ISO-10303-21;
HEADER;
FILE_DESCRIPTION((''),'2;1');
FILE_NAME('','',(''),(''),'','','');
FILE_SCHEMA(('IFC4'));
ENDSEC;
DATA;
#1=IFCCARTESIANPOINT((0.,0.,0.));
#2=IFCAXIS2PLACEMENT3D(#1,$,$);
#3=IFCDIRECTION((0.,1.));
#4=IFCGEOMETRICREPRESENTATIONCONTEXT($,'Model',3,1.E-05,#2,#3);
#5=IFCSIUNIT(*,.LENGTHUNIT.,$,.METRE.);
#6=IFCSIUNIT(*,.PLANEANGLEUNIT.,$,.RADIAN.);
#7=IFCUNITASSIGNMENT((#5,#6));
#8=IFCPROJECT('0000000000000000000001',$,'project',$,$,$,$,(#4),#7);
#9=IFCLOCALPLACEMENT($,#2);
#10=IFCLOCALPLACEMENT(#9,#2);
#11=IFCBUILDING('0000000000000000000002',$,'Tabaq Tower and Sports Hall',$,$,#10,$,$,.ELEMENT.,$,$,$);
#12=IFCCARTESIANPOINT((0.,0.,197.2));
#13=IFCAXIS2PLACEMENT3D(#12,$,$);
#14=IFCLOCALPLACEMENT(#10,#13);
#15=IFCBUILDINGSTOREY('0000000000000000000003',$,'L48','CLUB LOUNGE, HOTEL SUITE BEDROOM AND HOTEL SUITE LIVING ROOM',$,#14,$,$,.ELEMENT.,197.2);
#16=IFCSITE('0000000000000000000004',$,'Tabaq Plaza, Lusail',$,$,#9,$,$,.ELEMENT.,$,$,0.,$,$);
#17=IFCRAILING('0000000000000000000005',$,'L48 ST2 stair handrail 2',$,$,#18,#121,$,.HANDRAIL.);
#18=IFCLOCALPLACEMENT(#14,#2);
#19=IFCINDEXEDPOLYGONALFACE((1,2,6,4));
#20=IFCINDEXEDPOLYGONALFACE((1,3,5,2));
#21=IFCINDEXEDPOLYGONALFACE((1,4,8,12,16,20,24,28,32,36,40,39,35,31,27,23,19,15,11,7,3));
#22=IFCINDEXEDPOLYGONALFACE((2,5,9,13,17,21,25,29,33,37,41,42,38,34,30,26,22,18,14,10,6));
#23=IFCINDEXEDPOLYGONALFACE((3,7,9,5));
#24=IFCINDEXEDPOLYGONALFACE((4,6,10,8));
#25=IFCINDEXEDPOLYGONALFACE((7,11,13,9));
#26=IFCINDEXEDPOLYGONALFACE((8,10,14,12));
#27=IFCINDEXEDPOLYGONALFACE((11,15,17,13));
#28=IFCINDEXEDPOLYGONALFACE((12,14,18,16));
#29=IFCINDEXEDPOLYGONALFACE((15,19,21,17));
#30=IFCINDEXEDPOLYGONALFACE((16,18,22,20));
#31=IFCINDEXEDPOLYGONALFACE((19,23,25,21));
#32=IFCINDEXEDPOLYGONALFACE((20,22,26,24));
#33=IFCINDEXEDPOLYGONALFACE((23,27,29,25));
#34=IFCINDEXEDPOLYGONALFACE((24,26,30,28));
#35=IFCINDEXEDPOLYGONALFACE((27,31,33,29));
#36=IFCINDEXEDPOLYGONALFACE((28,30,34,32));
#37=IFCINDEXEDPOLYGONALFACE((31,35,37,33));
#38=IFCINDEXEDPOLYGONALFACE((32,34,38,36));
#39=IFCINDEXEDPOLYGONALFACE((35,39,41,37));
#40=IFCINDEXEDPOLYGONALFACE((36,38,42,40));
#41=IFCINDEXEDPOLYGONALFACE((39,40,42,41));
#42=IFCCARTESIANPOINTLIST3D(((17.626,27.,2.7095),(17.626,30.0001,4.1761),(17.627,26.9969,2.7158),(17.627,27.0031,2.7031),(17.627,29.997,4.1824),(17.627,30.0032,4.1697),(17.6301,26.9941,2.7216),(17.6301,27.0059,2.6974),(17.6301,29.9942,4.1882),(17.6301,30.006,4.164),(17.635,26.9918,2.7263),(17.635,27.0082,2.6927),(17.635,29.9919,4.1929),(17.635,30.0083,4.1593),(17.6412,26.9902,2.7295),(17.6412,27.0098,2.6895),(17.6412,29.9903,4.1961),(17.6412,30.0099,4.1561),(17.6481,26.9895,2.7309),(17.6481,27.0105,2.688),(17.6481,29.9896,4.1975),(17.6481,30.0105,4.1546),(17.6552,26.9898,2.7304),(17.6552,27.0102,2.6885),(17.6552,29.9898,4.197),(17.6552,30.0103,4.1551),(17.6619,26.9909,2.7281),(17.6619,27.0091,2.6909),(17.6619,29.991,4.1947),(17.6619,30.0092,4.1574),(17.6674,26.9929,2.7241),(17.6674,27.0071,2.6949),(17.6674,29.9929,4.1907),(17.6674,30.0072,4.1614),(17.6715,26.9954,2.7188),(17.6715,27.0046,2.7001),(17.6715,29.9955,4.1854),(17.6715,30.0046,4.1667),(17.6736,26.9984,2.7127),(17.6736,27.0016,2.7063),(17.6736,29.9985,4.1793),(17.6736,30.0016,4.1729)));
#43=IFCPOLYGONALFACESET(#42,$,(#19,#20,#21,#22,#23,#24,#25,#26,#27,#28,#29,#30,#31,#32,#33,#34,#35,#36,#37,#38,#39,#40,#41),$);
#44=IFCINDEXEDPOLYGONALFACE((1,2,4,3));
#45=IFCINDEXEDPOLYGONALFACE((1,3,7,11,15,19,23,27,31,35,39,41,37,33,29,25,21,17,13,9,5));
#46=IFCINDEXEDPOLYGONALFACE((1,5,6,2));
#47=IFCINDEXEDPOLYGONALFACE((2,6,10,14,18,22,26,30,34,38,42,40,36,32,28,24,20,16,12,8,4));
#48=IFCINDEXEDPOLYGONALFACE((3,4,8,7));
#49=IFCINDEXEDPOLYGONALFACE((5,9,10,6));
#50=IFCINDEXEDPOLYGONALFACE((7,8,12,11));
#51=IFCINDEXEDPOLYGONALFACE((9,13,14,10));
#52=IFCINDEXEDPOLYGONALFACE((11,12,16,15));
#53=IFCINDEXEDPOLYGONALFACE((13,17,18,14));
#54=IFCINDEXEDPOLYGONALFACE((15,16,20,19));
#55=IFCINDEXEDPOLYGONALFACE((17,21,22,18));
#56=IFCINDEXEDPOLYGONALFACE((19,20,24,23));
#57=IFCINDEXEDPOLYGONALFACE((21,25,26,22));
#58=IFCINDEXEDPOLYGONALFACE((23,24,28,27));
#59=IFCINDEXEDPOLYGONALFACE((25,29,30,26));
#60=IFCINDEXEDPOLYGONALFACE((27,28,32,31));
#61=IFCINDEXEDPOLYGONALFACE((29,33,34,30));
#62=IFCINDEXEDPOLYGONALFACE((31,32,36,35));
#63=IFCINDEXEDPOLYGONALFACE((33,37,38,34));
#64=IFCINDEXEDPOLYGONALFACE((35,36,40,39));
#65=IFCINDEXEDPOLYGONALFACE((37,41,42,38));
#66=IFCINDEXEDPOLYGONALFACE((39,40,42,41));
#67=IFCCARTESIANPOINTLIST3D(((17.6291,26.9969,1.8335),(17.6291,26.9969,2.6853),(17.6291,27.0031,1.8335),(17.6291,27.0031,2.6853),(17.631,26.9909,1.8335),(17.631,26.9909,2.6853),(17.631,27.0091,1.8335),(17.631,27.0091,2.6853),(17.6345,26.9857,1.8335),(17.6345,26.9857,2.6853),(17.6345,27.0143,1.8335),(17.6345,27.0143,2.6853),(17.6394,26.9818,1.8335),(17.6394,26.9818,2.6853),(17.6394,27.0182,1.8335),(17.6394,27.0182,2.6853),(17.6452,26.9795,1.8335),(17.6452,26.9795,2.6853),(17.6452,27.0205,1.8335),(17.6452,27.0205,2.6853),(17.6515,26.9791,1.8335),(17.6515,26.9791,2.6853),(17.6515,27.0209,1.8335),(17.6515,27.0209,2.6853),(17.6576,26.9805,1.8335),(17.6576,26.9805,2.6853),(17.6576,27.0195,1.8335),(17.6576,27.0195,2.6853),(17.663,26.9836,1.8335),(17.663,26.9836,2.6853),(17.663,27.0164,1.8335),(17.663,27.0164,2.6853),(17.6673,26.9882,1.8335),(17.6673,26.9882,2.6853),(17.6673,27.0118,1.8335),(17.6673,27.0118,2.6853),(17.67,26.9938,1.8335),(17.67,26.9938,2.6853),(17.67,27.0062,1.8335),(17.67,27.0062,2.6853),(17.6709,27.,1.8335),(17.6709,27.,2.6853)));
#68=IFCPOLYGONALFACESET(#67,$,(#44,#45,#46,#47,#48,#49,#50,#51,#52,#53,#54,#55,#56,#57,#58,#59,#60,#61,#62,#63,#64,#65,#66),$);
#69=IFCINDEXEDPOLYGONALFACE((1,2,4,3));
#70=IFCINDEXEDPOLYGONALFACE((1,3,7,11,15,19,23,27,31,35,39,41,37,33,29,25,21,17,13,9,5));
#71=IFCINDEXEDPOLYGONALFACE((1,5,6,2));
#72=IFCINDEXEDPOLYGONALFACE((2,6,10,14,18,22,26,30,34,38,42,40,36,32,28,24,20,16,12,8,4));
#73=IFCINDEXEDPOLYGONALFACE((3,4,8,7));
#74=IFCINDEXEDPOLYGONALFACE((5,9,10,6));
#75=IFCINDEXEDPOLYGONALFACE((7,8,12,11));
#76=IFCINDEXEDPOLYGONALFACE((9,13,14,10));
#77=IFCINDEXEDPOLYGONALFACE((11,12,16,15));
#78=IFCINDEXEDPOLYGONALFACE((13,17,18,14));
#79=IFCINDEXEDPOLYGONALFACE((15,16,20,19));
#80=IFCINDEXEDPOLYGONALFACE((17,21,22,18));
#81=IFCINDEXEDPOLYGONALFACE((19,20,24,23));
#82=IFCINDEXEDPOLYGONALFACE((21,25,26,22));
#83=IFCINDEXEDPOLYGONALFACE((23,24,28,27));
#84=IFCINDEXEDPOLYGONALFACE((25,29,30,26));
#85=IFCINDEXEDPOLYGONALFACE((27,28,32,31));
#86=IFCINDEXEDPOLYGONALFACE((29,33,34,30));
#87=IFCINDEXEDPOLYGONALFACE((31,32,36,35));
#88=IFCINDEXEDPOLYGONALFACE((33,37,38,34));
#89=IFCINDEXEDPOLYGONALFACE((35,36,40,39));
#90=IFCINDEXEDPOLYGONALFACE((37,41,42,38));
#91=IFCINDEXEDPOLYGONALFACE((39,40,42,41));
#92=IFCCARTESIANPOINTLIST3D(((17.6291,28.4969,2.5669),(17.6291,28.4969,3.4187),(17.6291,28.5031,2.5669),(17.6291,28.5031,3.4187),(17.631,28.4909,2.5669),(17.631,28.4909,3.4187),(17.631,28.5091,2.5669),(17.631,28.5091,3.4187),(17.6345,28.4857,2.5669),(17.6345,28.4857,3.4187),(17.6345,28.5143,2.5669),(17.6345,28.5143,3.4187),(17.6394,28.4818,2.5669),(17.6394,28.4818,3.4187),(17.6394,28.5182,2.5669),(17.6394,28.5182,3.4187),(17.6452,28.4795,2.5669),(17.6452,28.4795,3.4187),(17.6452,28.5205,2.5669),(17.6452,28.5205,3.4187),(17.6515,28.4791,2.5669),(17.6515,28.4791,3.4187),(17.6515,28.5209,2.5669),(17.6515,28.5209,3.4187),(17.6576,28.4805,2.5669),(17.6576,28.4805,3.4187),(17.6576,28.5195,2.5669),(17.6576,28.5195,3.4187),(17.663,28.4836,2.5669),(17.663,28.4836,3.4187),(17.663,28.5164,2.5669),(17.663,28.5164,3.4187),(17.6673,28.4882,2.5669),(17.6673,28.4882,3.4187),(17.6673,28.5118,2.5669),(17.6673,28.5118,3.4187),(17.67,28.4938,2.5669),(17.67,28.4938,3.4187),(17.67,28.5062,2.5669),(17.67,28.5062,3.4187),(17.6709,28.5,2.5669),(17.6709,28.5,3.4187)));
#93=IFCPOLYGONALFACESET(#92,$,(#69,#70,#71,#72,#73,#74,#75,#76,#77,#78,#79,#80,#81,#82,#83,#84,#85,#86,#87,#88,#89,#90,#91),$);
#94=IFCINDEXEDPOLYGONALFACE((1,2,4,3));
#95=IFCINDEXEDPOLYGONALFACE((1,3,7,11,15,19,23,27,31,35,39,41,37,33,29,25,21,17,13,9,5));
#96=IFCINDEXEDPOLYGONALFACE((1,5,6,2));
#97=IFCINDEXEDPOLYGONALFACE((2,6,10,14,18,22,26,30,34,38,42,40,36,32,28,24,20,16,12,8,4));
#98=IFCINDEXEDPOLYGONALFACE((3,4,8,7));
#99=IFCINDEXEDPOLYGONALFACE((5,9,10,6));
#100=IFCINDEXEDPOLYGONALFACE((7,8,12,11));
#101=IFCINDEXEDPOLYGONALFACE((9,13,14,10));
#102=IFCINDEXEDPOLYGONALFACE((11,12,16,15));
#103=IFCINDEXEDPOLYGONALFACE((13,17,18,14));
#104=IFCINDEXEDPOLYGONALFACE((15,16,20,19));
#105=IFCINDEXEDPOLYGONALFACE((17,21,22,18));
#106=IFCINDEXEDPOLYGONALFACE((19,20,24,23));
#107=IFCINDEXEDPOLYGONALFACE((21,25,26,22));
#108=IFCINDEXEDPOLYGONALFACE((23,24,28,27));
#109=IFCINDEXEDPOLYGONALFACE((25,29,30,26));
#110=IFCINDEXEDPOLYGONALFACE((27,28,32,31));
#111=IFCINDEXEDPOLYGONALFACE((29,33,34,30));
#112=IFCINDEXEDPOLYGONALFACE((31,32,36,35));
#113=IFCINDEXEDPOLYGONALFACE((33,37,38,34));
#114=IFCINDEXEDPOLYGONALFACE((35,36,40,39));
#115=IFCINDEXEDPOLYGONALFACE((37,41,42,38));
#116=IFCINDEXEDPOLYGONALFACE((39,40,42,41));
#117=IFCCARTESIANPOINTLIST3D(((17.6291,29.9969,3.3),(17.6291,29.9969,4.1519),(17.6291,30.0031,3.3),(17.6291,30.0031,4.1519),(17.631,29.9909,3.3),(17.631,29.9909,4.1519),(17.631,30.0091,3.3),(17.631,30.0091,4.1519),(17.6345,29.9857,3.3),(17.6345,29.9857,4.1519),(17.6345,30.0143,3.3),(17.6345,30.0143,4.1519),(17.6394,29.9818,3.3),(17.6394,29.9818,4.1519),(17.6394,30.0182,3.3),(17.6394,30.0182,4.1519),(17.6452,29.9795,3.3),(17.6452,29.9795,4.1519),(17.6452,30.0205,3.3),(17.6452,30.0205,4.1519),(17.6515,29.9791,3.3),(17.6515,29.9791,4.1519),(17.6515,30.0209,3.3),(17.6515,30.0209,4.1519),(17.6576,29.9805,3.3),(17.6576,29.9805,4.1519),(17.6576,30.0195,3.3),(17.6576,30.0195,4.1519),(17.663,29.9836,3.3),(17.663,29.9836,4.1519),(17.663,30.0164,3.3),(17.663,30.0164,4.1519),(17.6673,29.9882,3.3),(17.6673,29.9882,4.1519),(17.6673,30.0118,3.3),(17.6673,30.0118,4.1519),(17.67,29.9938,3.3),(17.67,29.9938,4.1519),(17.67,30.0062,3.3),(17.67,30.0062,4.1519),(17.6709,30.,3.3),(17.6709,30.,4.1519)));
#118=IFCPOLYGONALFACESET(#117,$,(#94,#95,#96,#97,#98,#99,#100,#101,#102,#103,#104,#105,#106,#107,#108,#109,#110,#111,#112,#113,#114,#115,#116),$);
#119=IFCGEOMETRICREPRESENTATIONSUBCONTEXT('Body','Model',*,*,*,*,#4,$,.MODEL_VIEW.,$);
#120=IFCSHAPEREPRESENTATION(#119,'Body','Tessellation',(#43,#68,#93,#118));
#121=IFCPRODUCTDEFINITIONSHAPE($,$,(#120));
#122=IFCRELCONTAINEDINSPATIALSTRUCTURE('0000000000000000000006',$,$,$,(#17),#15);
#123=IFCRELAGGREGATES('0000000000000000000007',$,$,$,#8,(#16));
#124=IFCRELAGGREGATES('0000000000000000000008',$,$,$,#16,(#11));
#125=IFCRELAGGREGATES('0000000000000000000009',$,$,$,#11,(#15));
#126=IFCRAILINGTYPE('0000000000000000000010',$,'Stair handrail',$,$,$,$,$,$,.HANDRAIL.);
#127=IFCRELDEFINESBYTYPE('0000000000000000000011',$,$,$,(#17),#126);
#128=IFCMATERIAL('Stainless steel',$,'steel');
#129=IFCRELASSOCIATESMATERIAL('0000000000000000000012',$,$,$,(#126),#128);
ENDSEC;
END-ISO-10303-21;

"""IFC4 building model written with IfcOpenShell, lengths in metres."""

from ifc_helpers import new_model, si_unit, direction, frame, origin, origin_2d, place, context, subcontext, project, spatial, circle, extrude, material, type_object, element, save


model = new_model("IFC4")

# Units and contexts
model_context = context("Model", 3, precision=1e-05, world=origin(), true_north=direction((0.0, 1.0)))
body_context = subcontext(model_context, "Body", "Model", "MODEL_VIEW")
ifc_project = project(units=[si_unit("LENGTHUNIT", "METRE"), si_unit("PLANEANGLEUNIT", "RADIAN")], contexts=[model_context])

# Site, building, storey
site_placement = place(None, origin())
site = spatial("IfcSite", under=ifc_project, at=site_placement, Name="Tabaq Plaza, Lusail", CompositionType="ELEMENT", RefElevation=0.0)
building_placement = place(site_placement, origin())
building = spatial("IfcBuilding", under=site, at=building_placement, Name="Tabaq Tower and Sports Hall", CompositionType="ELEMENT")
storey_placement = place(building_placement, frame((0.0, 0.0, 197.2)))
storey = spatial("IfcBuildingStorey", under=building, at=storey_placement, Name="L48", Description="CLUB LOUNGE, HOTEL SUITE BEDROOM AND HOTEL SUITE LIVING ROOM", CompositionType="ELEMENT", Elevation=197.2)

# Railing
ifc_material_1 = material(Name="Stainless steel", Category="steel")
railing_type_1 = type_object("IfcRailingType", Name="Stair handrail", PredefinedType="HANDRAIL", material=ifc_material_1)
railing_1_placement = place(storey_placement, frame((17.6499, 27.0, 1.8335)))
element("IfcRailing", 1, at=railing_1_placement, inside=storey, type_object=railing_type_1, Name="L48 ST2 stair handrail 2", PredefinedType="HANDRAIL", context=body_context, shape_type="SweptSolid", body=[
    extrude(circle(Radius=0.0239, at=origin_2d()), frame((0.0, 0.0, 0.876), z_axis=(0.0, 0.898398, 0.439183), x_axis=(-1.0, 0.0, 0.0)), (0.0, 0.0, 1.0), 3.3394),
    extrude(circle(Radius=0.021, at=origin_2d()), origin(), (0.0, 0.0, 1.0), 0.8518),
    extrude(circle(Radius=0.021, at=origin_2d()), frame((0.0, 1.5, 0.7334)), (0.0, 0.0, 1.0), 0.8518),
    extrude(circle(Radius=0.021, at=origin_2d()), frame((0.0, 3.0, 1.4666)), (0.0, 0.0, 1.0), 0.8518),
])

save(model, "model.ifc")
